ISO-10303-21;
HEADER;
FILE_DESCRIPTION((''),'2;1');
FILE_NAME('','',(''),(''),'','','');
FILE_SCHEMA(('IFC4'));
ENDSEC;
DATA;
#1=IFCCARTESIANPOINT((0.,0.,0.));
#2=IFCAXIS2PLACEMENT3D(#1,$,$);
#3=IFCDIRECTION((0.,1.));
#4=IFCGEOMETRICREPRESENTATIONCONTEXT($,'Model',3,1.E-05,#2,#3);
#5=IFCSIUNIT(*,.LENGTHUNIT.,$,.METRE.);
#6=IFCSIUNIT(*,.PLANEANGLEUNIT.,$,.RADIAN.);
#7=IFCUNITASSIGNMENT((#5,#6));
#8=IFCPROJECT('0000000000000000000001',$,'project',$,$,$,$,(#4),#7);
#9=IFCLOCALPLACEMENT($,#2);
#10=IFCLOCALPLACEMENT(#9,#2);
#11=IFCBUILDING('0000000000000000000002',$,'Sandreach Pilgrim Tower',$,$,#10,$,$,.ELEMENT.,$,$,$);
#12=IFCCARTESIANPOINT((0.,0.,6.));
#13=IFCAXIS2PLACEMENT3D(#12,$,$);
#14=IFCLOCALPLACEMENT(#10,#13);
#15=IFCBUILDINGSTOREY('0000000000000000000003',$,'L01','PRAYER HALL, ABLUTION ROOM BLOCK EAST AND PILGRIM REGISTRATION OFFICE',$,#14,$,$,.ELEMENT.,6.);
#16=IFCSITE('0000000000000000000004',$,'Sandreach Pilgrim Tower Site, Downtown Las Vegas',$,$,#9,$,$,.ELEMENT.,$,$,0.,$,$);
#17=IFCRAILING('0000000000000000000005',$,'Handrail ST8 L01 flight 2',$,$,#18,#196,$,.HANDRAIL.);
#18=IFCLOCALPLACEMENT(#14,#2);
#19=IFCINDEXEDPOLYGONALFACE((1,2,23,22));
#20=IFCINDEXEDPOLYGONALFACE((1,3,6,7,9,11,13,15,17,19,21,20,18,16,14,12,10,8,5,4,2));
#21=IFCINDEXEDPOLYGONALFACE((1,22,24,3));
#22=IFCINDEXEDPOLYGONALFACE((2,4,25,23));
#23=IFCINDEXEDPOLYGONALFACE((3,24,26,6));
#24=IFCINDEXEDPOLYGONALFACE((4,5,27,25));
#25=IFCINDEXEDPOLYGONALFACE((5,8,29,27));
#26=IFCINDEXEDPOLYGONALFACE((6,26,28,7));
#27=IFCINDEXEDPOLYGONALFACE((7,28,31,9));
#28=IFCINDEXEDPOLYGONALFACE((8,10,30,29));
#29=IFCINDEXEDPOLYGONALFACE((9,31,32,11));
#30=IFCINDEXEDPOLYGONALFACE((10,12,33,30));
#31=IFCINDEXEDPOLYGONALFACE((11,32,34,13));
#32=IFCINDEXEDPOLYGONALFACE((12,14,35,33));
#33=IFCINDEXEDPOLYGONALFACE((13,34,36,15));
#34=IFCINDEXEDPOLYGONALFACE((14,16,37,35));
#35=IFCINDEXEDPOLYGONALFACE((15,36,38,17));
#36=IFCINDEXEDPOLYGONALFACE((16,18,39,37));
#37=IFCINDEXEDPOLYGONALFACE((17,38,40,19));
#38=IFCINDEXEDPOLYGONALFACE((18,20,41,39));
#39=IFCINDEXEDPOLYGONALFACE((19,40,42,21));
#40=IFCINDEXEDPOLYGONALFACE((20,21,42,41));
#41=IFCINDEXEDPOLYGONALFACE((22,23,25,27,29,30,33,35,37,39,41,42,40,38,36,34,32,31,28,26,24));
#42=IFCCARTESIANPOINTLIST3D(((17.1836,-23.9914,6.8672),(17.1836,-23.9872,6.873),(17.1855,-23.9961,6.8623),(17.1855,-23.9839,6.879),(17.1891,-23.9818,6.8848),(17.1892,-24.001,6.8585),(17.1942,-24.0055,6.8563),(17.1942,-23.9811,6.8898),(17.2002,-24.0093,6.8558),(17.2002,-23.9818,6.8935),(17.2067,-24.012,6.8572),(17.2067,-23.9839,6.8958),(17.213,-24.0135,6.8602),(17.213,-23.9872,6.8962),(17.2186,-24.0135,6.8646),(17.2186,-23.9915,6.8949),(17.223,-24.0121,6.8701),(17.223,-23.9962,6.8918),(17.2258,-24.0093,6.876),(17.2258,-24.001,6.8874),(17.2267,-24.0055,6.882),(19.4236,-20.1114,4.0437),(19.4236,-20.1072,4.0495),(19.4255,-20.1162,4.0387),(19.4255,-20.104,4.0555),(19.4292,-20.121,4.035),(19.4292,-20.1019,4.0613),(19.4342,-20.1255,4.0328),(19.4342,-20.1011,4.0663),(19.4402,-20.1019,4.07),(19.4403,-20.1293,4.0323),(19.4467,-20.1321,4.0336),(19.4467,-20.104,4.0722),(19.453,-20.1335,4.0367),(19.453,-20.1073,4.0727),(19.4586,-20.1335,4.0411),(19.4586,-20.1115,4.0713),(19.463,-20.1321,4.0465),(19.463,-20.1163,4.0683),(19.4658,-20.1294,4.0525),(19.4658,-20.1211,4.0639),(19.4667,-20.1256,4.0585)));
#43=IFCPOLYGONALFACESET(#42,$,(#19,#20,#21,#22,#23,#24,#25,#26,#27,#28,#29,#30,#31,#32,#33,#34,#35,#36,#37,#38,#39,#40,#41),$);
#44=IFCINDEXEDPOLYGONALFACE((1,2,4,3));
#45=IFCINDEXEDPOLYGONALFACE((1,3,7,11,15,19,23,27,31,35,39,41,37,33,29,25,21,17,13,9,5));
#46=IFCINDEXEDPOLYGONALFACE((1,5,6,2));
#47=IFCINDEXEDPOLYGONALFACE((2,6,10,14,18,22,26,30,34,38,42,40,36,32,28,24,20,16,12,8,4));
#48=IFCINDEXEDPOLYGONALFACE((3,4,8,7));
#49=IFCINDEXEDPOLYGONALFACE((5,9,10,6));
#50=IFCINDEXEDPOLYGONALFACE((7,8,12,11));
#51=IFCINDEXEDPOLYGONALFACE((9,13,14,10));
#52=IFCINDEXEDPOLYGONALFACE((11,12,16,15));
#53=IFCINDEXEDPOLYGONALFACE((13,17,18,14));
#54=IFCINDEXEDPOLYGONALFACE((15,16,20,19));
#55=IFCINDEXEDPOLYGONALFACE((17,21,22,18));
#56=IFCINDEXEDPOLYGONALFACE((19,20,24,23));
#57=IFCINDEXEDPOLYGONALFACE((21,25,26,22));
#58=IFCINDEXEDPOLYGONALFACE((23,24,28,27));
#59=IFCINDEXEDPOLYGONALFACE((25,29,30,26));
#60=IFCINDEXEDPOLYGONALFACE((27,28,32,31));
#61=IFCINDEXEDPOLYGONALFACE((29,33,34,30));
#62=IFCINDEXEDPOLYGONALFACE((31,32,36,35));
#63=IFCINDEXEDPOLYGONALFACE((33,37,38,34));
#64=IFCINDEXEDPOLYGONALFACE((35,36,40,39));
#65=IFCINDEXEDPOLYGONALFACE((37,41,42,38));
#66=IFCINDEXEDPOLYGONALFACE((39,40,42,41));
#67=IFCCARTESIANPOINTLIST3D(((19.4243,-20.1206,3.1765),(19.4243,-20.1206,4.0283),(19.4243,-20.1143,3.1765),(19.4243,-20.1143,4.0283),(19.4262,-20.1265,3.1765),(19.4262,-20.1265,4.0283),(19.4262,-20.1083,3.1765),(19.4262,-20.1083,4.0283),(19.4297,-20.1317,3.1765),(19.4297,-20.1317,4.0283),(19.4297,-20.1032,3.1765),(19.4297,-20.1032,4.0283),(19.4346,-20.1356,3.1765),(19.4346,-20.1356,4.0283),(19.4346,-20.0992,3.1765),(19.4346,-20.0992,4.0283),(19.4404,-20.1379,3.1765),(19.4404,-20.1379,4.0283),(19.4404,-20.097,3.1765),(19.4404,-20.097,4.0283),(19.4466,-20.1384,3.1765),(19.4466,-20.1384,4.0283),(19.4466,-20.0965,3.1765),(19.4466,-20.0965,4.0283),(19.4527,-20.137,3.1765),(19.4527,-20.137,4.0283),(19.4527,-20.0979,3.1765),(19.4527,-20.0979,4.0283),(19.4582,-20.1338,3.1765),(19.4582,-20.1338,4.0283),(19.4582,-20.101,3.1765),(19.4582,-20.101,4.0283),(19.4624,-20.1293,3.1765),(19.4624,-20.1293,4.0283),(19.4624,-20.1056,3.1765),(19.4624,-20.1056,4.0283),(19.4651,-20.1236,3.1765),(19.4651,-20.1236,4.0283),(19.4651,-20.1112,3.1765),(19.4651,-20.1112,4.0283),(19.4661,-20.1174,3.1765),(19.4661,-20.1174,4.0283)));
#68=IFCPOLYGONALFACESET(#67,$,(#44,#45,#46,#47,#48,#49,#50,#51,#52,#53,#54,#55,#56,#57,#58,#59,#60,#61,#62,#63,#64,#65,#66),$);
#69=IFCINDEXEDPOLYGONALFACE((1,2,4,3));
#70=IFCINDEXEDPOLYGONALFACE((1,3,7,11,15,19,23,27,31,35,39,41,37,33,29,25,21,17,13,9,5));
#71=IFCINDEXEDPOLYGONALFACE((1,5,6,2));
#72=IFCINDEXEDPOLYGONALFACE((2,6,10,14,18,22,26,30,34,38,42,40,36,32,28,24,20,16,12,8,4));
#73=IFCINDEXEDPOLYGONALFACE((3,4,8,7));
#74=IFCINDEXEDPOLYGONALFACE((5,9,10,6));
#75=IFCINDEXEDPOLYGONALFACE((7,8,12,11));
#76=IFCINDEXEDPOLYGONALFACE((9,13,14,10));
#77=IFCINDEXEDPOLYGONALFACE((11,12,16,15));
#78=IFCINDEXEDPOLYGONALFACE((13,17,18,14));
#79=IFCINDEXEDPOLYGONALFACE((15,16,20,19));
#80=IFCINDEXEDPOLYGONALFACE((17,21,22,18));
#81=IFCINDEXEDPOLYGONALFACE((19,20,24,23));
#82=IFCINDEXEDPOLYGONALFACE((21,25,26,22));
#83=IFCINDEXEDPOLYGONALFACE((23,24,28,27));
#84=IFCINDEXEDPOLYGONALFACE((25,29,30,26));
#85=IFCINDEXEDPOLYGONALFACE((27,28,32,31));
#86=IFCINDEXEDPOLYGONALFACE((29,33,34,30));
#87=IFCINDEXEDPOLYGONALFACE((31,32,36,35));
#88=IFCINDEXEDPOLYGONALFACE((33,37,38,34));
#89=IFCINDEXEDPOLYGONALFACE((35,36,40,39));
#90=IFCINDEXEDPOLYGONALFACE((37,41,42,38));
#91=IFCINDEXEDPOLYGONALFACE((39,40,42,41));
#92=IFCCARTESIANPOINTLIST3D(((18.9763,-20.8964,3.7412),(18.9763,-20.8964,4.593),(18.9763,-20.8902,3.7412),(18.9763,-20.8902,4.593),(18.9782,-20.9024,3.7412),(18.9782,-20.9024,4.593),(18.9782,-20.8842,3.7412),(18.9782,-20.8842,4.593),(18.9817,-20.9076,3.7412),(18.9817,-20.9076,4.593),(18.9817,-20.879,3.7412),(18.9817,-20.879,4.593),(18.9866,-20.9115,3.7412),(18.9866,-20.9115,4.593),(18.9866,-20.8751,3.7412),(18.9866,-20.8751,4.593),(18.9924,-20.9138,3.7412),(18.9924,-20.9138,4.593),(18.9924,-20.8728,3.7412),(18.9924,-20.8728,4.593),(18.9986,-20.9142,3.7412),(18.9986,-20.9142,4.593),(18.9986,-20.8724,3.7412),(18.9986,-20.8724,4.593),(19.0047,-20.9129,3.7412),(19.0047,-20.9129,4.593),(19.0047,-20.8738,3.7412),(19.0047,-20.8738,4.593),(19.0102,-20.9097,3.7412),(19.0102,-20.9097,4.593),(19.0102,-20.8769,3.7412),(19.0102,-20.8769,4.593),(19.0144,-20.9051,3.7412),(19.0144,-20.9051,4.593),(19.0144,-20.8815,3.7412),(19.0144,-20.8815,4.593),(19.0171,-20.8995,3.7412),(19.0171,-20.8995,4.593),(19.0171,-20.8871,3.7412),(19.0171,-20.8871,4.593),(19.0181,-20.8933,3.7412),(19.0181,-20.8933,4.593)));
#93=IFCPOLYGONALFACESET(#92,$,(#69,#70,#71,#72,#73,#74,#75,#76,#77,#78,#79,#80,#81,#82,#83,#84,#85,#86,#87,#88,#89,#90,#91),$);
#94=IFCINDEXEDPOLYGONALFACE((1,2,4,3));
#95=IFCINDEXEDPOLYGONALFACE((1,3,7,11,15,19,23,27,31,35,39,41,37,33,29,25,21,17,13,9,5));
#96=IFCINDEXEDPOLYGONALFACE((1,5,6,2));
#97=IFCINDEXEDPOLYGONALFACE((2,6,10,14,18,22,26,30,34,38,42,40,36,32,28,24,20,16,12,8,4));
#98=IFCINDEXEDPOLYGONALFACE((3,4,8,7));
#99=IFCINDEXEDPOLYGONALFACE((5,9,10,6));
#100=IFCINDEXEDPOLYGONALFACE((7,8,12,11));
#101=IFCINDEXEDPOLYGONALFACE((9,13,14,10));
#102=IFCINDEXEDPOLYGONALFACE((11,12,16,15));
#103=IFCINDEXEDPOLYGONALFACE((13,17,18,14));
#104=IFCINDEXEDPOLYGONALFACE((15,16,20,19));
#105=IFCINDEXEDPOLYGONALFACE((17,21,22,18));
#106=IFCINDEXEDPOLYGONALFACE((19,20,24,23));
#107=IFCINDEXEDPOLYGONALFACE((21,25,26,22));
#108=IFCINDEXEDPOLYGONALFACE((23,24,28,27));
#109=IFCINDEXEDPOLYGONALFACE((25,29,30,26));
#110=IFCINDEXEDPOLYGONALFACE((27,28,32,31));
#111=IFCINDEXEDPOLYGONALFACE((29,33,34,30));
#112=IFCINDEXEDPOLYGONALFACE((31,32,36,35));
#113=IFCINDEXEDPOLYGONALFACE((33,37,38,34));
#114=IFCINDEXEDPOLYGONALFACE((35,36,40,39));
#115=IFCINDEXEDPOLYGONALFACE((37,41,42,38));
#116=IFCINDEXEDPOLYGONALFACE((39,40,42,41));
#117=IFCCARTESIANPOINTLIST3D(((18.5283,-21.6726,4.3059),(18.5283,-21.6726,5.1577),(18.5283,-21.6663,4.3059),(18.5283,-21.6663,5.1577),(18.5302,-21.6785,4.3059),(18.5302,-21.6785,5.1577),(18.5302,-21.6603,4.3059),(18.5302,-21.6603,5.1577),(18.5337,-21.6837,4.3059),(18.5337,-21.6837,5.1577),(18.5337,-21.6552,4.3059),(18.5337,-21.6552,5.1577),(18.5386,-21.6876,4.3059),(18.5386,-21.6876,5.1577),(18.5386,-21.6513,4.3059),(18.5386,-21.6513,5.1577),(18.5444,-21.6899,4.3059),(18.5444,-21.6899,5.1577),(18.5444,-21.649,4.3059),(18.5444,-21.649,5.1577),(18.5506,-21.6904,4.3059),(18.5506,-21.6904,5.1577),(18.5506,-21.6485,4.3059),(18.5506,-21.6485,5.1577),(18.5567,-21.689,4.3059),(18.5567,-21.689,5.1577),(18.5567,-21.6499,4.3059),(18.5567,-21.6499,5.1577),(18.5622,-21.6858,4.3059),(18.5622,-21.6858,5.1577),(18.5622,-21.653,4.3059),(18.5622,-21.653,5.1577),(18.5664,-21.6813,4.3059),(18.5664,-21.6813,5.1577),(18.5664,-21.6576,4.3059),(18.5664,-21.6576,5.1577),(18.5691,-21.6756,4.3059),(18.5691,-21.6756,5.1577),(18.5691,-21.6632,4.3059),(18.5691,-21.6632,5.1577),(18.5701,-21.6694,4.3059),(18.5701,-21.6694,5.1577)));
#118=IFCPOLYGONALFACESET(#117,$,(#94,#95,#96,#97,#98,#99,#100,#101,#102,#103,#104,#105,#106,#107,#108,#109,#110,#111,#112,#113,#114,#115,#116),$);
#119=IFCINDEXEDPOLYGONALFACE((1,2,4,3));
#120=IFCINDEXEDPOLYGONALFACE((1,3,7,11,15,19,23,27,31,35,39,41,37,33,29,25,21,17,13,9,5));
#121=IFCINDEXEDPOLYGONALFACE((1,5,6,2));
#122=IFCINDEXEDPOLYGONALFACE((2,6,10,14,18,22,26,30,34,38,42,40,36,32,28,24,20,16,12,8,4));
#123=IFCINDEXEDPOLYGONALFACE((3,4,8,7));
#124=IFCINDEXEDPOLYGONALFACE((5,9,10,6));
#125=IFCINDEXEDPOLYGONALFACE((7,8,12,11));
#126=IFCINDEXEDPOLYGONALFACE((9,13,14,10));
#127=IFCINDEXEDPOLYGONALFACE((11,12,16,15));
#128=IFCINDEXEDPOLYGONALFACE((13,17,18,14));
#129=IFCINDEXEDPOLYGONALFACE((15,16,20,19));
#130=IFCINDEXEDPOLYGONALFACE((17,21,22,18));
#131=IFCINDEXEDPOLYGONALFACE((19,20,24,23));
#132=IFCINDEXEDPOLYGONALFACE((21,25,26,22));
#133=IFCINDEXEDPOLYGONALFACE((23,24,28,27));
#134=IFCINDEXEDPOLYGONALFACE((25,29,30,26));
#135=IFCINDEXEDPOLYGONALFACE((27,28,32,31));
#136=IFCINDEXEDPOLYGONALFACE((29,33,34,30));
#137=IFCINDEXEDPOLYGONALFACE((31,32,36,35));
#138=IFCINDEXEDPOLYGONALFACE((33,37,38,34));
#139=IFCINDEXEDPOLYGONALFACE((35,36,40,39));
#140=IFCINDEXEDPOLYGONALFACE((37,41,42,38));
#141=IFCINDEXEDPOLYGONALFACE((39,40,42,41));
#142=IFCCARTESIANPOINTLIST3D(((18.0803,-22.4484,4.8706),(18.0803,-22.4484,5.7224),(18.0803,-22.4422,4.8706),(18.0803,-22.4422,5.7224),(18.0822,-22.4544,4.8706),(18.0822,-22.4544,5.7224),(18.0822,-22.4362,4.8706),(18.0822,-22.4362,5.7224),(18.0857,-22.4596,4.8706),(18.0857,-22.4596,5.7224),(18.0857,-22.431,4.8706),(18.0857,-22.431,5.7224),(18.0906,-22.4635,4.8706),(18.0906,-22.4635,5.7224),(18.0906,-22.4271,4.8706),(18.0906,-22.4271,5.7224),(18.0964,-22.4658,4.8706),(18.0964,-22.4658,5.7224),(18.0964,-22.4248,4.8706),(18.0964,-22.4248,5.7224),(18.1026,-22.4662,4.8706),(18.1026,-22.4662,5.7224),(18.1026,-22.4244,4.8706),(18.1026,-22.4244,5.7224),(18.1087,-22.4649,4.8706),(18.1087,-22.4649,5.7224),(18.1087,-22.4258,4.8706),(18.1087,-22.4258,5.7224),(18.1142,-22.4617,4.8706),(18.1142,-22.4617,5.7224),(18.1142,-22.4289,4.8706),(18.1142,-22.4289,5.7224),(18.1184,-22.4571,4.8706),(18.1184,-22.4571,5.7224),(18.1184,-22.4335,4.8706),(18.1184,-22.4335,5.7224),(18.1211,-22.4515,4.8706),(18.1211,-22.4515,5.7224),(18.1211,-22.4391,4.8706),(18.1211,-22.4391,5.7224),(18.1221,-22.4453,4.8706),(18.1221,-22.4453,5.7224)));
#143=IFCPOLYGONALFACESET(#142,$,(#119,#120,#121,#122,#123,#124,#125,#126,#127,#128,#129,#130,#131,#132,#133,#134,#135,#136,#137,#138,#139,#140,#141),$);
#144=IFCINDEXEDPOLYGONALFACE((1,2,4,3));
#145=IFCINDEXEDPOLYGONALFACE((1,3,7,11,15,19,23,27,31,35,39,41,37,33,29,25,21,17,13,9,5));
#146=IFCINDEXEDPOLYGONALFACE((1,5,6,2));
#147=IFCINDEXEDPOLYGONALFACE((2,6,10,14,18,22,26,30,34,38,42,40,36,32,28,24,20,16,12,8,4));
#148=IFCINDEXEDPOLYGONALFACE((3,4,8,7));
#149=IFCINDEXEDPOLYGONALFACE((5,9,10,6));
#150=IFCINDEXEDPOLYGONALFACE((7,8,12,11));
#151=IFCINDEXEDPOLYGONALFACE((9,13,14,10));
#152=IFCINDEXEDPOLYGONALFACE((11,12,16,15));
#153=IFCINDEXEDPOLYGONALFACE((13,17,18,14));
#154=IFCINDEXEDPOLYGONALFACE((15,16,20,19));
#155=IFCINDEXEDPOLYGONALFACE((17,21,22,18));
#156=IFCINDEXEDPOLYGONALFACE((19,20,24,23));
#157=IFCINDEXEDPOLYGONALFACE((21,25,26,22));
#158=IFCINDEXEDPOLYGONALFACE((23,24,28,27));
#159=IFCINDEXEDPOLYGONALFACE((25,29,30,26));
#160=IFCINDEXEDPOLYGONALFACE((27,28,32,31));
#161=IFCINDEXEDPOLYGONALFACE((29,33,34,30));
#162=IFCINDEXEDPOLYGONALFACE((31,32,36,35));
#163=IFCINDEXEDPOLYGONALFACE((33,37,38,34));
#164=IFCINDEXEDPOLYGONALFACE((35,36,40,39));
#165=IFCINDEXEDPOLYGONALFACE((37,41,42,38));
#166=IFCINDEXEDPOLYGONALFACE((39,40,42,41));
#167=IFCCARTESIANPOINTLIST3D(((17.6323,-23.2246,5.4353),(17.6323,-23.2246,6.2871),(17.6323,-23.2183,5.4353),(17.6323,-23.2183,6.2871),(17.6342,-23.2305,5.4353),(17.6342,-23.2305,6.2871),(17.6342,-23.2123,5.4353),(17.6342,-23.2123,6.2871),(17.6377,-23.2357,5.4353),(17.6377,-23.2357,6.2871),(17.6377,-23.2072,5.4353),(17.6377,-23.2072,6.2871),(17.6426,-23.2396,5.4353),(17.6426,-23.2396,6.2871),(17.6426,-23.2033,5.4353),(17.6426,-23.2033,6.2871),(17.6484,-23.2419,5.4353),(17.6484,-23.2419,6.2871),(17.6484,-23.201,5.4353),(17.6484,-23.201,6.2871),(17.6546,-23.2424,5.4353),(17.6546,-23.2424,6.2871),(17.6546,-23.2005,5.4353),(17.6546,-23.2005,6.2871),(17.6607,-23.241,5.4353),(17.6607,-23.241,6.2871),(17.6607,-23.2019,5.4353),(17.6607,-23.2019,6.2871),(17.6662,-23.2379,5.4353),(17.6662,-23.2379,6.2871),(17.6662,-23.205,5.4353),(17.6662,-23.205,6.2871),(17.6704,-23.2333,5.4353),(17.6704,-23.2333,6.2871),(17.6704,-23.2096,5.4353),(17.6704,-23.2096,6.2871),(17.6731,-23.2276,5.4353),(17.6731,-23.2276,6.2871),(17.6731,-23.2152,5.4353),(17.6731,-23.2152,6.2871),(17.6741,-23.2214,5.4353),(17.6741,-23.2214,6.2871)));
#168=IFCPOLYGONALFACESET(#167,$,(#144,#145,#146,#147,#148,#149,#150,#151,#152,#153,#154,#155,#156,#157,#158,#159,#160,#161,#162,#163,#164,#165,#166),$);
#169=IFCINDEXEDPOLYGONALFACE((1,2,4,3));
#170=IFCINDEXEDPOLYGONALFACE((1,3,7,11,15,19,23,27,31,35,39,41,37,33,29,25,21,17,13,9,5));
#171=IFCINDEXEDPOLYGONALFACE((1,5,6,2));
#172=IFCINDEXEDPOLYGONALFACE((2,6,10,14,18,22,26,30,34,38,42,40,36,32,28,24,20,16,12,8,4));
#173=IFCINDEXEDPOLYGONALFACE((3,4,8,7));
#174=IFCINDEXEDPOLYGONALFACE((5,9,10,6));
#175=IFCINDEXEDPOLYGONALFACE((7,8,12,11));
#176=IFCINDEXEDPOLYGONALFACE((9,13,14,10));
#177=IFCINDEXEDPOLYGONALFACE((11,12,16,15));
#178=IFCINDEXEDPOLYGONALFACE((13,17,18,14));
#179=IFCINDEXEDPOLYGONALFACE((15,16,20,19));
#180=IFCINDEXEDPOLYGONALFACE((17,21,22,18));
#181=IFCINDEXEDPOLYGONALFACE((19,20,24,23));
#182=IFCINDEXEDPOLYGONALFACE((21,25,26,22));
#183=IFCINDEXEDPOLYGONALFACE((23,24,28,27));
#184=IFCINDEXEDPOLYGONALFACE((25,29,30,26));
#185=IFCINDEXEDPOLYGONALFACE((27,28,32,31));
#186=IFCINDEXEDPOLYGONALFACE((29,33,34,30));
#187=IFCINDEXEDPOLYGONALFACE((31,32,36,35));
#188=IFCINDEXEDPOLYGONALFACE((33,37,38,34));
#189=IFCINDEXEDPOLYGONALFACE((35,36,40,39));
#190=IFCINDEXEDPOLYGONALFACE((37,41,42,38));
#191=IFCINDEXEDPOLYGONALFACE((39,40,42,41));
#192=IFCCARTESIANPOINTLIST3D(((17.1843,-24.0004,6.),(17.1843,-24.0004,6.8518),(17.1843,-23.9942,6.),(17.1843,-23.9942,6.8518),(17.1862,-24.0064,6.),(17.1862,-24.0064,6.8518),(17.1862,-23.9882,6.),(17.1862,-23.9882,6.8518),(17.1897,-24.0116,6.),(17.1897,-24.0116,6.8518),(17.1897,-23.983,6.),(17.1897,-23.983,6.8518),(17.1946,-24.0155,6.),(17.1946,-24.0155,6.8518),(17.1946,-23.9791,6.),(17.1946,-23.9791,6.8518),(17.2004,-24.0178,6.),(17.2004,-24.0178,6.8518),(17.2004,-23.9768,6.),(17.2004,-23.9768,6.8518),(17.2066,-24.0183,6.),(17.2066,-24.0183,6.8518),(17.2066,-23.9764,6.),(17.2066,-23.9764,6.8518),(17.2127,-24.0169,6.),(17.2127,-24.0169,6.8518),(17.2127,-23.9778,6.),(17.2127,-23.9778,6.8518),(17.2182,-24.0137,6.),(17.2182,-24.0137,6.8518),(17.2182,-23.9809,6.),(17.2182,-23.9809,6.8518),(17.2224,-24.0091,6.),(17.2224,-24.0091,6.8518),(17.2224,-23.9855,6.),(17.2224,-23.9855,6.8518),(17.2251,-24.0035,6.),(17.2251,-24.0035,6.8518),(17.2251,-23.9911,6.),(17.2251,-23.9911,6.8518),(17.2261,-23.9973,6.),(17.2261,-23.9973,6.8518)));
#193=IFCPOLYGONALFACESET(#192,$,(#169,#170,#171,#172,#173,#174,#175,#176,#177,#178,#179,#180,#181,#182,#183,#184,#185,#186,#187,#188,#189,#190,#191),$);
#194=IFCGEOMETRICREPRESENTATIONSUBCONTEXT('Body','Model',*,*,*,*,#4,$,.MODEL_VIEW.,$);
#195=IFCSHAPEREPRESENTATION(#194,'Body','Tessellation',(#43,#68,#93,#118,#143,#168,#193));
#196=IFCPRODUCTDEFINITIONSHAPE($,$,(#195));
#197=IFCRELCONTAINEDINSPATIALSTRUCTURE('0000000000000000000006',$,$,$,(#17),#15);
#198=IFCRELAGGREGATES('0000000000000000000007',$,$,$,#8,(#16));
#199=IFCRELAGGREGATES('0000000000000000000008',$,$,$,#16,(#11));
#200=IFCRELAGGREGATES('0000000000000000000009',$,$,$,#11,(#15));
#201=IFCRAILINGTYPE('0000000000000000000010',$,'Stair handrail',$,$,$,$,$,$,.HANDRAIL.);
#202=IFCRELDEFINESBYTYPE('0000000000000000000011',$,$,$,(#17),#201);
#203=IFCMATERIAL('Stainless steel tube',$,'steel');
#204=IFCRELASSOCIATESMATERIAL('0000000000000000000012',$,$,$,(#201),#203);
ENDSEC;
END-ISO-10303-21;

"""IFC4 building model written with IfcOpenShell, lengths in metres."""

from ifc_helpers import new_model, si_unit, direction, frame, origin, origin_2d, place, context, subcontext, project, spatial, circle, extrude, material, type_object, element, save


model = new_model("IFC4")

# Units and contexts
model_context = context("Model", 3, precision=1e-05, world=origin(), true_north=direction((0.0, 1.0)))
body_context = subcontext(model_context, "Body", "Model", "MODEL_VIEW")
ifc_project = project(units=[si_unit("LENGTHUNIT", "METRE"), si_unit("PLANEANGLEUNIT", "RADIAN")], contexts=[model_context])

# Site, building, storey
site_placement = place(None, origin())
site = spatial("IfcSite", under=ifc_project, at=site_placement, Name="Sandreach Pilgrim Tower Site, Downtown Las Vegas", CompositionType="ELEMENT", RefElevation=0.0)
building_placement = place(site_placement, origin())
building = spatial("IfcBuilding", under=site, at=building_placement, Name="Sandreach Pilgrim Tower", CompositionType="ELEMENT")
storey_placement = place(building_placement, frame((0.0, 0.0, 6.0)))
storey = spatial("IfcBuildingStorey", under=building, at=storey_placement, Name="L01", Description="PRAYER HALL, ABLUTION ROOM BLOCK EAST AND PILGRIM REGISTRATION OFFICE", CompositionType="ELEMENT", Elevation=6.0)

# Railing
ifc_material_1 = material(Name="Stainless steel tube", Category="steel")
railing_type = type_object("IfcRailingType", Name="Stair handrail", PredefinedType="HANDRAIL", material=ifc_material_1)
for number, where, name in (
    (1, (19.4451, -20.1174, 3.1765), "Handrail ST8 L01 flight 2"),
):
    element("IfcRailing", number, at=place(storey_placement, frame(where)), inside=storey, type_object=railing_type, Name=name, PredefinedType="HANDRAIL", context=body_context, shape_type="SweptSolid", body=[
        extrude(circle(Radius=0.0239, at=origin_2d()), frame((0.0, 0.0, 0.876), z_axis=(-0.422993, -0.732665, 0.533178), x_axis=(0.866031, -0.49999, 0.0)), (0.0, 0.0, 1.0), 5.2957),
        extrude(circle(Radius=0.021, at=origin_2d()), origin(), (0.0, 0.0, 1.0), 0.8518),
        extrude(circle(Radius=0.021, at=origin_2d()), frame((-0.448, -0.7759, 0.5647)), (0.0, 0.0, 1.0), 0.8518),
        extrude(circle(Radius=0.021, at=origin_2d()), frame((-0.896, -1.552, 1.1294)), (0.0, 0.0, 1.0), 0.8518),
        extrude(circle(Radius=0.021, at=origin_2d()), frame((-1.344, -2.3279, 1.6941)), (0.0, 0.0, 1.0), 0.8518),
        extrude(circle(Radius=0.021, at=origin_2d()), frame((-1.792, -3.104, 2.2588)), (0.0, 0.0, 1.0), 0.8518),
        extrude(circle(Radius=0.021, at=origin_2d()), frame((-2.24, -3.8799, 2.8235)), (0.0, 0.0, 1.0), 0.8518),
    ])

save(model, "model.ifc")
